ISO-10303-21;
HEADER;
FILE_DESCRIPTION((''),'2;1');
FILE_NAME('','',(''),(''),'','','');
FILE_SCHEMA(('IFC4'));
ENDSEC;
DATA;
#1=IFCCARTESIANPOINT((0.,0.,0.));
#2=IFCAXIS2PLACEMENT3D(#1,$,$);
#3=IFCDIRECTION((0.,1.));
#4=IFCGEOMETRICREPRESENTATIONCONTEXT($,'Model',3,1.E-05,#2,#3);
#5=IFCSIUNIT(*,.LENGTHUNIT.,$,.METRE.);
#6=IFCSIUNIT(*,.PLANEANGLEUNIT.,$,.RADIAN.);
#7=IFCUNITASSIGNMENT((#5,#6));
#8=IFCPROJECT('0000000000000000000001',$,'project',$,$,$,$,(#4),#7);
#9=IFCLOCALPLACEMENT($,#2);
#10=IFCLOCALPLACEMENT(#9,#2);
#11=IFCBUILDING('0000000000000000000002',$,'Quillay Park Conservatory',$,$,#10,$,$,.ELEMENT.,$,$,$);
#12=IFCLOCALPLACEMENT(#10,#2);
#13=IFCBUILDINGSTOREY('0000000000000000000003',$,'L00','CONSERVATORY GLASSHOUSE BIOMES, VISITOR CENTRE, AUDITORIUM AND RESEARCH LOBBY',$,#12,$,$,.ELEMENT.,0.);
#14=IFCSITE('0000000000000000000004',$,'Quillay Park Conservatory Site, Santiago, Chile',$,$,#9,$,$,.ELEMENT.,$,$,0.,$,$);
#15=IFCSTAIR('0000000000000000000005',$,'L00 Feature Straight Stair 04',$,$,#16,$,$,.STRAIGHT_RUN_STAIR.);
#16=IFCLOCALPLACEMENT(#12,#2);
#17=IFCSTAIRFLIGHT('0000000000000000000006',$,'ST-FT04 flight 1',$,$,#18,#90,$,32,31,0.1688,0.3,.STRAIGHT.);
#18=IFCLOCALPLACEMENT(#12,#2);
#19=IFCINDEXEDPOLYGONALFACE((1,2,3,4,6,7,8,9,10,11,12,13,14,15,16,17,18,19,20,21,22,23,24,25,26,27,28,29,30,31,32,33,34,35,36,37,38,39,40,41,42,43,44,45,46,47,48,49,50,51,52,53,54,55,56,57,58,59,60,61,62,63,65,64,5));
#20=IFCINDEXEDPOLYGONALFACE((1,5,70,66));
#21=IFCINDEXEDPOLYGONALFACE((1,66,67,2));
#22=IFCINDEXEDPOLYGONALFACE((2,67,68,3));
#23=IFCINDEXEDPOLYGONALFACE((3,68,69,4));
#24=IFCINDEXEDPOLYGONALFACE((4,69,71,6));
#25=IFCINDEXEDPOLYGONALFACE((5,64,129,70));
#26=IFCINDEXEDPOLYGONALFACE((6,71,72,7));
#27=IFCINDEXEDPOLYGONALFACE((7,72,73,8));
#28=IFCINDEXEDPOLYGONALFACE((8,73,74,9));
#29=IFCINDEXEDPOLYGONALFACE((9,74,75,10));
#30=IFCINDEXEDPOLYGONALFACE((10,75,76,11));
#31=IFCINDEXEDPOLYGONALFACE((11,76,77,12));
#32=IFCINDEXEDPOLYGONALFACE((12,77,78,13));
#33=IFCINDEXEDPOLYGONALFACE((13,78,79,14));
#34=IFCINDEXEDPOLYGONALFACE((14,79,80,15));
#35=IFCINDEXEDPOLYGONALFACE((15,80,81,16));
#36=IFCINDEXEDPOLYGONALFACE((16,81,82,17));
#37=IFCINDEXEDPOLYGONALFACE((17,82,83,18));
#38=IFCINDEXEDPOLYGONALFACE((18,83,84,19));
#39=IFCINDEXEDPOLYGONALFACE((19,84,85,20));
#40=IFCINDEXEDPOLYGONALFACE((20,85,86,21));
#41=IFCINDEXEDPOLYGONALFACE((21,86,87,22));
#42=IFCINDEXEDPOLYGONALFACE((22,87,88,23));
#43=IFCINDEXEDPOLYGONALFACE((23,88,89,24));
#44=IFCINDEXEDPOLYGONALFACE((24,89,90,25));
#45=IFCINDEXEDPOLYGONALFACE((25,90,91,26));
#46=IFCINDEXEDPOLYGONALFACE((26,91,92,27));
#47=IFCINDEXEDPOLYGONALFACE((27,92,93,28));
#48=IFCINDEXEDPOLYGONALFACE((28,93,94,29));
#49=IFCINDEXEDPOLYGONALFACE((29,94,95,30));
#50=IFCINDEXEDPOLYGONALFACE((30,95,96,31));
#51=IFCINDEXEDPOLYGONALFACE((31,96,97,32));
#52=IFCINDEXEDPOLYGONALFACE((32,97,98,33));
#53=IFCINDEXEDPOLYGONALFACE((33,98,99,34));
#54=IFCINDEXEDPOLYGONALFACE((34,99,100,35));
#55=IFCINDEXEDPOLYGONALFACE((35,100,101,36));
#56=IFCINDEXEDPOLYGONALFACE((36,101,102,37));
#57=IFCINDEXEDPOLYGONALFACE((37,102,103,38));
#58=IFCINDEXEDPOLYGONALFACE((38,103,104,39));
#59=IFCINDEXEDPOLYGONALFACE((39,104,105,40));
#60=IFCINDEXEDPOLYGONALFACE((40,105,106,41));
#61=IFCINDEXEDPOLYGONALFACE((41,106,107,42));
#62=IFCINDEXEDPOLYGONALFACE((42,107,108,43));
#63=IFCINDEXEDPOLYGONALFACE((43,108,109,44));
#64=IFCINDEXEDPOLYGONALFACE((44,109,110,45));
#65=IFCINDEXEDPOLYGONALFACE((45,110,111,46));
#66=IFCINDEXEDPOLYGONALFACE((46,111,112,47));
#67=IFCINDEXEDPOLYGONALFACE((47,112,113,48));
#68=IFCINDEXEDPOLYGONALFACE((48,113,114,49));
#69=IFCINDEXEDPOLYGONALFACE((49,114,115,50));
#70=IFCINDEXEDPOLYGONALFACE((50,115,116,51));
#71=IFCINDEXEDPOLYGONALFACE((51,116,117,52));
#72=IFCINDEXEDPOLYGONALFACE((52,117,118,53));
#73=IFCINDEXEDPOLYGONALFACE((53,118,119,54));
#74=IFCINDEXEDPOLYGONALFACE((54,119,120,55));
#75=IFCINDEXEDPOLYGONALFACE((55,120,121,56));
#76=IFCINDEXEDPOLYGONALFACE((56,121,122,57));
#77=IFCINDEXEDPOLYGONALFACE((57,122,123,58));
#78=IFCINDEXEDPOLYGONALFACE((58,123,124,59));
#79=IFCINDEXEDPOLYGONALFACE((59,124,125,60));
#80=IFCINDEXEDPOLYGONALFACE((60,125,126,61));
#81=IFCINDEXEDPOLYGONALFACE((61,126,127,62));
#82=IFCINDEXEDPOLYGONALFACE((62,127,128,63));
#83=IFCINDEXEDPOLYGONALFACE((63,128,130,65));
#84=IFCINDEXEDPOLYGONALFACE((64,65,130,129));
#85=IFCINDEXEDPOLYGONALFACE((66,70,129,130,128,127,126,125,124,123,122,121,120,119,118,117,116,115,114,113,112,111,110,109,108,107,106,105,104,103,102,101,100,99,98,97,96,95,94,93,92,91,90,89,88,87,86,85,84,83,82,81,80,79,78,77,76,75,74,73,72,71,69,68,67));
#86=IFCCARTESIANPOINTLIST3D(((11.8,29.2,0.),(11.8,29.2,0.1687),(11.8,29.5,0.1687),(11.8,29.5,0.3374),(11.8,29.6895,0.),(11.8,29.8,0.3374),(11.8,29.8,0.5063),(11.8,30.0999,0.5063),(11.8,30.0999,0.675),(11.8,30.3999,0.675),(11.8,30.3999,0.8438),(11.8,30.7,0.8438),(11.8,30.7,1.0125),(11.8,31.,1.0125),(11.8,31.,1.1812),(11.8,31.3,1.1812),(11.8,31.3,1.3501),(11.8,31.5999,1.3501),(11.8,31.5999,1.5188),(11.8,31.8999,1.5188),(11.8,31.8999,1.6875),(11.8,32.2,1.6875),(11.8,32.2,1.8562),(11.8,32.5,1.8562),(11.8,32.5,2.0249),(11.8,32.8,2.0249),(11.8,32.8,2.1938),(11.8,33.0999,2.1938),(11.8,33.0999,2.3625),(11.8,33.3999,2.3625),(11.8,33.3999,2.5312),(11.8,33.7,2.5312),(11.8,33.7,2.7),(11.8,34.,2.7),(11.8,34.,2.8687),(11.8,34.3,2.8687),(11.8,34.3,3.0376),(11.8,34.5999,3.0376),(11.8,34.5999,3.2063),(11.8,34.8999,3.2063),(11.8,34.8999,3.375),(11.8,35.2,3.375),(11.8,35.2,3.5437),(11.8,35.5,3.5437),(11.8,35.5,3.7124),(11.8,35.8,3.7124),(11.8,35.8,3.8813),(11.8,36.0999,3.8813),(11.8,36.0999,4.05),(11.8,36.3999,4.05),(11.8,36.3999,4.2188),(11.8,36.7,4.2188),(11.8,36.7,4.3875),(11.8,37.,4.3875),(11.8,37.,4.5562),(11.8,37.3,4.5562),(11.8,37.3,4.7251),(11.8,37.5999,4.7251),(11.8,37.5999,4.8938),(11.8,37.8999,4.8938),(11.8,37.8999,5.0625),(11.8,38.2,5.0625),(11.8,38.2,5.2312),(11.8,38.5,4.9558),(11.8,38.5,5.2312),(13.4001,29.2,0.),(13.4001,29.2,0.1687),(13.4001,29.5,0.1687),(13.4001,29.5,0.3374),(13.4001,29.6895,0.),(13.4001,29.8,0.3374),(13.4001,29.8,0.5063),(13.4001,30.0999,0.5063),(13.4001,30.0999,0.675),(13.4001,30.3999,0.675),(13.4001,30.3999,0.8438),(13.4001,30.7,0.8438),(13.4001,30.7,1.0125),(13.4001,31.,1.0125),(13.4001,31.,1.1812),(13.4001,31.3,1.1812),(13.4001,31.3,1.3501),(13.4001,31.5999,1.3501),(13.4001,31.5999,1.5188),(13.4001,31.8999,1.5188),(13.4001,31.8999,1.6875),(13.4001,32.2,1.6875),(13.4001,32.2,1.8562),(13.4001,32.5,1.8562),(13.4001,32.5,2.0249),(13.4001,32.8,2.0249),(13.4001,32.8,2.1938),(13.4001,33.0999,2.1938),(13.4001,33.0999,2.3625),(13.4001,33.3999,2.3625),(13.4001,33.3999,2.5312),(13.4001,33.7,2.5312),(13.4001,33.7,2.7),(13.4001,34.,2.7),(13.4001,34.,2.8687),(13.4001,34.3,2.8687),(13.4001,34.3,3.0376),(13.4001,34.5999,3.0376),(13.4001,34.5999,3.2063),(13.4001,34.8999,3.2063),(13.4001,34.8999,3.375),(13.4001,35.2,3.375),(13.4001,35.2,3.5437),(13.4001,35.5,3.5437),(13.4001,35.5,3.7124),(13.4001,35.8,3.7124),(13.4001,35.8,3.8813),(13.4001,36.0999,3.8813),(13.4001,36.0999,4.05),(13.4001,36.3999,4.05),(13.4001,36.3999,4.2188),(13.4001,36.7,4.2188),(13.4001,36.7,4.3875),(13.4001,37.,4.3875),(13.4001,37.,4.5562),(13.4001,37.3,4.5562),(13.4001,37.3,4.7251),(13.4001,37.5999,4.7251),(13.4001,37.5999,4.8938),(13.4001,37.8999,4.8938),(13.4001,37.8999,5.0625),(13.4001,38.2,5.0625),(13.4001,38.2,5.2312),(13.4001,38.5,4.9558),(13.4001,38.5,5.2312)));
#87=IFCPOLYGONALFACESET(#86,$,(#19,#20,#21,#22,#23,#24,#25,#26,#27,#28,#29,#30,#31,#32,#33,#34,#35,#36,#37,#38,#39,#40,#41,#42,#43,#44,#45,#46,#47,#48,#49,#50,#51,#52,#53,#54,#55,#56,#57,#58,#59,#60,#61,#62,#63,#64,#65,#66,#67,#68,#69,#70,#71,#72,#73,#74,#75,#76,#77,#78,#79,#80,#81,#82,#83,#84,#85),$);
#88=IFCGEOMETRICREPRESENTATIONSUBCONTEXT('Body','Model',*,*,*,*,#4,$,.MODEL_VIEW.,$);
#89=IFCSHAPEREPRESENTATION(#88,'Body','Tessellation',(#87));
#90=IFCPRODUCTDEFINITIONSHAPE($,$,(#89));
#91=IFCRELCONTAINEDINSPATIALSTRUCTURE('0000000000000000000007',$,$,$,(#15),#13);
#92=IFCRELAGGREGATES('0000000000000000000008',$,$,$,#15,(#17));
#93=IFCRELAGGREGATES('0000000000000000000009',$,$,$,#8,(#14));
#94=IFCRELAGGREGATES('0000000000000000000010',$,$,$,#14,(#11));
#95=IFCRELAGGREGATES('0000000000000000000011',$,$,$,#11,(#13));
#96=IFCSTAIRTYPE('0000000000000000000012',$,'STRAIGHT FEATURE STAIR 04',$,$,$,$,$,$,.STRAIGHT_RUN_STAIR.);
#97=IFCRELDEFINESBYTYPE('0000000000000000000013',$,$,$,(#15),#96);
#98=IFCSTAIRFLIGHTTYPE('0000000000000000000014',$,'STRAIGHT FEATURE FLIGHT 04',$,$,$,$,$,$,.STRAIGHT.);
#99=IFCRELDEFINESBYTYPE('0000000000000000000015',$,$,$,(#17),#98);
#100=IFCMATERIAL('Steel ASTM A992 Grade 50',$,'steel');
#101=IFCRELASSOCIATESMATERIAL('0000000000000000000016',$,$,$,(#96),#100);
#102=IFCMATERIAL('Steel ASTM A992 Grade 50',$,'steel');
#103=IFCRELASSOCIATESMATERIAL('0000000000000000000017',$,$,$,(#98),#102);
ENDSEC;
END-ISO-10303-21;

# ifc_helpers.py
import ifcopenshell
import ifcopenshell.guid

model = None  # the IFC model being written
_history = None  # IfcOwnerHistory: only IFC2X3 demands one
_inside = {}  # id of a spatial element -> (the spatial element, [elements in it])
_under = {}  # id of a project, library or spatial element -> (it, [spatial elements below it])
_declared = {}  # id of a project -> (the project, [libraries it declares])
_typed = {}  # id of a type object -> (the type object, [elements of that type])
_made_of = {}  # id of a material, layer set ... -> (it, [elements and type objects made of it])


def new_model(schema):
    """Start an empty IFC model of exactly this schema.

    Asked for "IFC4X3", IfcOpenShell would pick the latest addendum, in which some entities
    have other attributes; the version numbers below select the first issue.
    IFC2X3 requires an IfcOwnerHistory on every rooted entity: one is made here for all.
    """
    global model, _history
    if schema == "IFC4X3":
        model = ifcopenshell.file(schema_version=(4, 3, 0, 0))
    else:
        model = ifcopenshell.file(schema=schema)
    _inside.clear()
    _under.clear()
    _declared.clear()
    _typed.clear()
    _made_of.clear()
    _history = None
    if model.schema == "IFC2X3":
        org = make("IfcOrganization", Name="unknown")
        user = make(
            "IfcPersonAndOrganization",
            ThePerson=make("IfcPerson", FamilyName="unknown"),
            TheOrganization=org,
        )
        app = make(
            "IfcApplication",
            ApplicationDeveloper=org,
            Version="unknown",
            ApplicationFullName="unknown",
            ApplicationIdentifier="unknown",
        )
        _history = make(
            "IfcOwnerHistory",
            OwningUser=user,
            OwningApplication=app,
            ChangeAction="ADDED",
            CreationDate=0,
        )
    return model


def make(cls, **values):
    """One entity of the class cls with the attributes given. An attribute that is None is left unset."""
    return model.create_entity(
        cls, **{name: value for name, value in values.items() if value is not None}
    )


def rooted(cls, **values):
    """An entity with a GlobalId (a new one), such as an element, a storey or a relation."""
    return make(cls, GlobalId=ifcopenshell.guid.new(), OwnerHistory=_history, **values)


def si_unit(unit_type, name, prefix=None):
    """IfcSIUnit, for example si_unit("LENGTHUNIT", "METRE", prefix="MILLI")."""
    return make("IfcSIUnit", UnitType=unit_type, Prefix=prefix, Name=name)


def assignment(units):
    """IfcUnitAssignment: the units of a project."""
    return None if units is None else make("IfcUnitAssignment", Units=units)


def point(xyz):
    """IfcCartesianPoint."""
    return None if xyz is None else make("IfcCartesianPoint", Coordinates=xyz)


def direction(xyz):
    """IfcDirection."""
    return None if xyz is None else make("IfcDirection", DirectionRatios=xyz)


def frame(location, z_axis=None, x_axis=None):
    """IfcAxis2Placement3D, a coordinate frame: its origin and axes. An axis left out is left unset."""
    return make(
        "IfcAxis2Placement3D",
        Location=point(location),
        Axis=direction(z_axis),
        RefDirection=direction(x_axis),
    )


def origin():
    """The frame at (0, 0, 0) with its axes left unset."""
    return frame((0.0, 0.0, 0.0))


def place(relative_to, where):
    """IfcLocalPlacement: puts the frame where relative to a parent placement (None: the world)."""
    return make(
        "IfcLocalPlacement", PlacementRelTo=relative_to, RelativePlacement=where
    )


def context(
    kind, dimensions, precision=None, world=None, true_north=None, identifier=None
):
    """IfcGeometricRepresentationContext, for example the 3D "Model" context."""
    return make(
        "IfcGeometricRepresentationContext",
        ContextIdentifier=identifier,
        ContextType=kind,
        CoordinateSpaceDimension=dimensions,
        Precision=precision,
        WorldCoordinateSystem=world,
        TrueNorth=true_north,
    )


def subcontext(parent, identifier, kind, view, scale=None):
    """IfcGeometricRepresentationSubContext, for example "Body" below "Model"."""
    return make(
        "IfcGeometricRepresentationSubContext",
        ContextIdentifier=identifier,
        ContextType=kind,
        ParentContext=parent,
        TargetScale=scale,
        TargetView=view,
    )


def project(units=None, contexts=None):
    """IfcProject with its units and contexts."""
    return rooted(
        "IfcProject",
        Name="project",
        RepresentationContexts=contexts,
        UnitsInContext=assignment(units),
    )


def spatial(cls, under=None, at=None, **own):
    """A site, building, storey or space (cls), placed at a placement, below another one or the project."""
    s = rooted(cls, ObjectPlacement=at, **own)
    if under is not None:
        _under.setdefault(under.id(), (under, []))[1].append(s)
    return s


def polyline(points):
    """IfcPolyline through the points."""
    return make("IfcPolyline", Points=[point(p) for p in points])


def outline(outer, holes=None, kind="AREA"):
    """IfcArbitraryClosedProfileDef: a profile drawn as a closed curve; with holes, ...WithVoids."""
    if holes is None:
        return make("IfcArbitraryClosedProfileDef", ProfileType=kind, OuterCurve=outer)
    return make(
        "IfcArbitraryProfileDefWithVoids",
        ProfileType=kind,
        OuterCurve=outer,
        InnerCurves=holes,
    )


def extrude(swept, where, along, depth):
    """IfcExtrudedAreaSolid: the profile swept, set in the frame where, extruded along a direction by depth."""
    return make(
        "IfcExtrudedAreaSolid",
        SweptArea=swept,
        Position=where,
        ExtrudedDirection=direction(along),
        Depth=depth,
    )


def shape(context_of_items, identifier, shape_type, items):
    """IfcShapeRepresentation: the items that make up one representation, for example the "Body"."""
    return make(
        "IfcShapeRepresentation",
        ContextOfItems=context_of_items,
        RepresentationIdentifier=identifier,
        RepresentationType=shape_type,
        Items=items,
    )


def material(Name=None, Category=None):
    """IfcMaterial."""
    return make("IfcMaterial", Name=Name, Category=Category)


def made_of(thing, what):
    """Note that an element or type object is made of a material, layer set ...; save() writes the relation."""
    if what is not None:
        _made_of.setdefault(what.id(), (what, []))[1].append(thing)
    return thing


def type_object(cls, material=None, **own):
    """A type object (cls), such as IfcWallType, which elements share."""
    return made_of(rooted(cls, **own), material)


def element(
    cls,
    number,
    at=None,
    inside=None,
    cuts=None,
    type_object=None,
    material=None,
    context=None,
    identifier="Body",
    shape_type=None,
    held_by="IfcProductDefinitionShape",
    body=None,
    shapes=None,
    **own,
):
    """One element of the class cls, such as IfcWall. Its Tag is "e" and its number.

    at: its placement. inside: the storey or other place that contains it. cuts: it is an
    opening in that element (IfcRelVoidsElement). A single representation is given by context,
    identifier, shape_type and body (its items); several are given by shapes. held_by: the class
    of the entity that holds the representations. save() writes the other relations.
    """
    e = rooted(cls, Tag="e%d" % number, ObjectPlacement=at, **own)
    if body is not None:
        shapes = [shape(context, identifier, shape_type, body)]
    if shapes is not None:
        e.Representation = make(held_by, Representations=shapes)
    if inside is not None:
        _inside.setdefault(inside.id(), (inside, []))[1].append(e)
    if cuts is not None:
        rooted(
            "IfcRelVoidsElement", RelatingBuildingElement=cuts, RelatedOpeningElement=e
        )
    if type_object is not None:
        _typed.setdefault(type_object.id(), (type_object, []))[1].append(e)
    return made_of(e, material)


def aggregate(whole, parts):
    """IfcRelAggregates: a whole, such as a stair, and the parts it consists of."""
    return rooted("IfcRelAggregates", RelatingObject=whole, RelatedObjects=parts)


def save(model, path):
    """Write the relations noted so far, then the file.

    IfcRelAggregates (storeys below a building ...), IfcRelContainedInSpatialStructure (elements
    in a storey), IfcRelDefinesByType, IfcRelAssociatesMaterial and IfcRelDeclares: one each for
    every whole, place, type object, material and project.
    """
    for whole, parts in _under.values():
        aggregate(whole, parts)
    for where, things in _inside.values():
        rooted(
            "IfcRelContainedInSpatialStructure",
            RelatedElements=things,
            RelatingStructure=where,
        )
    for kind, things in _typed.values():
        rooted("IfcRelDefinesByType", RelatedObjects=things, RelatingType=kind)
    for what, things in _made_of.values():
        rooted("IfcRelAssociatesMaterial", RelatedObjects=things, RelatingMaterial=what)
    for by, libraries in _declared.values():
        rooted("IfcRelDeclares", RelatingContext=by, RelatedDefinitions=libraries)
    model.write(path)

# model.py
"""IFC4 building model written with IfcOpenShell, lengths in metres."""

from ifc_helpers import new_model, si_unit, direction, frame, origin, place, context, subcontext, project, spatial, polyline, outline, extrude, material, type_object, element, aggregate, save


model = new_model("IFC4")

# Units and contexts
model_context = context("Model", 3, precision=1e-05, world=origin(), true_north=direction((0.0, 1.0)))
body_context = subcontext(model_context, "Body", "Model", "MODEL_VIEW")
ifc_project = project(units=[si_unit("LENGTHUNIT", "METRE"), si_unit("PLANEANGLEUNIT", "RADIAN")], contexts=[model_context])

# Site, building, storey
site_placement = place(None, origin())
site = spatial("IfcSite", under=ifc_project, at=site_placement, Name="Quillay Park Conservatory Site, Santiago, Chile", CompositionType="ELEMENT", RefElevation=0.0)
building_placement = place(site_placement, origin())
building = spatial("IfcBuilding", under=site, at=building_placement, Name="Quillay Park Conservatory", CompositionType="ELEMENT")
storey_placement = place(building_placement, origin())
storey = spatial("IfcBuildingStorey", under=building, at=storey_placement, Name="L00", Description="CONSERVATORY GLASSHOUSE BIOMES, VISITOR CENTRE, AUDITORIUM AND RESEARCH LOBBY", CompositionType="ELEMENT", Elevation=0.0)

# Stair, stair flight
ifc_material_1 = material(Name="Steel ASTM A992 Grade 50", Category="steel")
stair_type = type_object("IfcStairType", Name="STRAIGHT FEATURE STAIR 04", PredefinedType="STRAIGHT_RUN_STAIR", material=ifc_material_1)
stair_placement = place(storey_placement, origin())
stair = element("IfcStair", 1, at=stair_placement, inside=storey, type_object=stair_type, Name="L00 Feature Straight Stair 04", PredefinedType="STRAIGHT_RUN_STAIR")
ifc_material_2 = material(Name="Steel ASTM A992 Grade 50", Category="steel")
stair_flight_type = type_object("IfcStairFlightType", Name="STRAIGHT FEATURE FLIGHT 04", PredefinedType="STRAIGHT", material=ifc_material_2)
stair_flight_placement = place(storey_placement, frame((12.6001, 29.2, 0.0), z_axis=(0.0, 0.0, 1.0), x_axis=(0.0, 1.0, 0.0)))
stair_flight = element("IfcStairFlight", 2, at=stair_flight_placement, type_object=stair_flight_type, Name="ST-FT04 flight 1", NumberOfRisers=32, NumberOfTreads=31, PredefinedType="STRAIGHT", RiserHeight=0.1688, TreadLength=0.3, context=body_context, shape_type="SweptSolid", body=[
    extrude(outline(polyline([(0.0, 0.0), (0.0, 0.1687), (0.3, 0.1687), (0.3, 0.3374), (0.6001, 0.3374), (0.6001, 0.5063), (0.8999, 0.5063), (0.8999, 0.675), (1.2, 0.675), (1.2, 0.8438), (1.5, 0.8438), (1.5, 1.0125), (1.8, 1.0125), (1.8, 1.1812), (2.1001, 1.1812), (2.1001, 1.3501), (2.3999, 1.3501), (2.3999, 1.5188), (2.7, 1.5188), (2.7, 1.6875), (3.0, 1.6875), (3.0, 1.8562), (3.3, 1.8562), (3.3, 2.0249), (3.6001, 2.0249), (3.6001, 2.1938), (3.8999, 2.1938), (3.8999, 2.3625), (4.2, 2.3625), (4.2, 2.5312), (4.5, 2.5312), (4.5, 2.7), (4.8, 2.7), (4.8, 2.8687), (5.1001, 2.8687), (5.1001, 3.0376), (5.3999, 3.0376), (5.3999, 3.2063), (5.7, 3.2063), (5.7, 3.375), (6.0, 3.375), (6.0, 3.5437), (6.3, 3.5437), (6.3, 3.7124), (6.6001, 3.7124), (6.6001, 3.8813), (6.8999, 3.8813), (6.8999, 4.05), (7.2, 4.05), (7.2, 4.2188), (7.5, 4.2188), (7.5, 4.3875), (7.8, 4.3875), (7.8, 4.5562), (8.1001, 4.5562), (8.1001, 4.7251), (8.3999, 4.7251), (8.3999, 4.8938), (8.7, 4.8938), (8.7, 5.0625), (9.0, 5.0625), (9.0, 5.2312), (9.3, 5.2312), (9.3, 5.3999), (9.3, 4.9558), (0.4895, 0.0), (0.0, 0.0)])), frame((0.0, 0.8, 0.0), z_axis=(0.0, -1.0, 0.0), x_axis=(1.0, 0.0, 0.0)), (0.0, 0.0, 1.0), 1.6001),
])
aggregate(stair, [stair_flight])

save(model, "model.ifc")
